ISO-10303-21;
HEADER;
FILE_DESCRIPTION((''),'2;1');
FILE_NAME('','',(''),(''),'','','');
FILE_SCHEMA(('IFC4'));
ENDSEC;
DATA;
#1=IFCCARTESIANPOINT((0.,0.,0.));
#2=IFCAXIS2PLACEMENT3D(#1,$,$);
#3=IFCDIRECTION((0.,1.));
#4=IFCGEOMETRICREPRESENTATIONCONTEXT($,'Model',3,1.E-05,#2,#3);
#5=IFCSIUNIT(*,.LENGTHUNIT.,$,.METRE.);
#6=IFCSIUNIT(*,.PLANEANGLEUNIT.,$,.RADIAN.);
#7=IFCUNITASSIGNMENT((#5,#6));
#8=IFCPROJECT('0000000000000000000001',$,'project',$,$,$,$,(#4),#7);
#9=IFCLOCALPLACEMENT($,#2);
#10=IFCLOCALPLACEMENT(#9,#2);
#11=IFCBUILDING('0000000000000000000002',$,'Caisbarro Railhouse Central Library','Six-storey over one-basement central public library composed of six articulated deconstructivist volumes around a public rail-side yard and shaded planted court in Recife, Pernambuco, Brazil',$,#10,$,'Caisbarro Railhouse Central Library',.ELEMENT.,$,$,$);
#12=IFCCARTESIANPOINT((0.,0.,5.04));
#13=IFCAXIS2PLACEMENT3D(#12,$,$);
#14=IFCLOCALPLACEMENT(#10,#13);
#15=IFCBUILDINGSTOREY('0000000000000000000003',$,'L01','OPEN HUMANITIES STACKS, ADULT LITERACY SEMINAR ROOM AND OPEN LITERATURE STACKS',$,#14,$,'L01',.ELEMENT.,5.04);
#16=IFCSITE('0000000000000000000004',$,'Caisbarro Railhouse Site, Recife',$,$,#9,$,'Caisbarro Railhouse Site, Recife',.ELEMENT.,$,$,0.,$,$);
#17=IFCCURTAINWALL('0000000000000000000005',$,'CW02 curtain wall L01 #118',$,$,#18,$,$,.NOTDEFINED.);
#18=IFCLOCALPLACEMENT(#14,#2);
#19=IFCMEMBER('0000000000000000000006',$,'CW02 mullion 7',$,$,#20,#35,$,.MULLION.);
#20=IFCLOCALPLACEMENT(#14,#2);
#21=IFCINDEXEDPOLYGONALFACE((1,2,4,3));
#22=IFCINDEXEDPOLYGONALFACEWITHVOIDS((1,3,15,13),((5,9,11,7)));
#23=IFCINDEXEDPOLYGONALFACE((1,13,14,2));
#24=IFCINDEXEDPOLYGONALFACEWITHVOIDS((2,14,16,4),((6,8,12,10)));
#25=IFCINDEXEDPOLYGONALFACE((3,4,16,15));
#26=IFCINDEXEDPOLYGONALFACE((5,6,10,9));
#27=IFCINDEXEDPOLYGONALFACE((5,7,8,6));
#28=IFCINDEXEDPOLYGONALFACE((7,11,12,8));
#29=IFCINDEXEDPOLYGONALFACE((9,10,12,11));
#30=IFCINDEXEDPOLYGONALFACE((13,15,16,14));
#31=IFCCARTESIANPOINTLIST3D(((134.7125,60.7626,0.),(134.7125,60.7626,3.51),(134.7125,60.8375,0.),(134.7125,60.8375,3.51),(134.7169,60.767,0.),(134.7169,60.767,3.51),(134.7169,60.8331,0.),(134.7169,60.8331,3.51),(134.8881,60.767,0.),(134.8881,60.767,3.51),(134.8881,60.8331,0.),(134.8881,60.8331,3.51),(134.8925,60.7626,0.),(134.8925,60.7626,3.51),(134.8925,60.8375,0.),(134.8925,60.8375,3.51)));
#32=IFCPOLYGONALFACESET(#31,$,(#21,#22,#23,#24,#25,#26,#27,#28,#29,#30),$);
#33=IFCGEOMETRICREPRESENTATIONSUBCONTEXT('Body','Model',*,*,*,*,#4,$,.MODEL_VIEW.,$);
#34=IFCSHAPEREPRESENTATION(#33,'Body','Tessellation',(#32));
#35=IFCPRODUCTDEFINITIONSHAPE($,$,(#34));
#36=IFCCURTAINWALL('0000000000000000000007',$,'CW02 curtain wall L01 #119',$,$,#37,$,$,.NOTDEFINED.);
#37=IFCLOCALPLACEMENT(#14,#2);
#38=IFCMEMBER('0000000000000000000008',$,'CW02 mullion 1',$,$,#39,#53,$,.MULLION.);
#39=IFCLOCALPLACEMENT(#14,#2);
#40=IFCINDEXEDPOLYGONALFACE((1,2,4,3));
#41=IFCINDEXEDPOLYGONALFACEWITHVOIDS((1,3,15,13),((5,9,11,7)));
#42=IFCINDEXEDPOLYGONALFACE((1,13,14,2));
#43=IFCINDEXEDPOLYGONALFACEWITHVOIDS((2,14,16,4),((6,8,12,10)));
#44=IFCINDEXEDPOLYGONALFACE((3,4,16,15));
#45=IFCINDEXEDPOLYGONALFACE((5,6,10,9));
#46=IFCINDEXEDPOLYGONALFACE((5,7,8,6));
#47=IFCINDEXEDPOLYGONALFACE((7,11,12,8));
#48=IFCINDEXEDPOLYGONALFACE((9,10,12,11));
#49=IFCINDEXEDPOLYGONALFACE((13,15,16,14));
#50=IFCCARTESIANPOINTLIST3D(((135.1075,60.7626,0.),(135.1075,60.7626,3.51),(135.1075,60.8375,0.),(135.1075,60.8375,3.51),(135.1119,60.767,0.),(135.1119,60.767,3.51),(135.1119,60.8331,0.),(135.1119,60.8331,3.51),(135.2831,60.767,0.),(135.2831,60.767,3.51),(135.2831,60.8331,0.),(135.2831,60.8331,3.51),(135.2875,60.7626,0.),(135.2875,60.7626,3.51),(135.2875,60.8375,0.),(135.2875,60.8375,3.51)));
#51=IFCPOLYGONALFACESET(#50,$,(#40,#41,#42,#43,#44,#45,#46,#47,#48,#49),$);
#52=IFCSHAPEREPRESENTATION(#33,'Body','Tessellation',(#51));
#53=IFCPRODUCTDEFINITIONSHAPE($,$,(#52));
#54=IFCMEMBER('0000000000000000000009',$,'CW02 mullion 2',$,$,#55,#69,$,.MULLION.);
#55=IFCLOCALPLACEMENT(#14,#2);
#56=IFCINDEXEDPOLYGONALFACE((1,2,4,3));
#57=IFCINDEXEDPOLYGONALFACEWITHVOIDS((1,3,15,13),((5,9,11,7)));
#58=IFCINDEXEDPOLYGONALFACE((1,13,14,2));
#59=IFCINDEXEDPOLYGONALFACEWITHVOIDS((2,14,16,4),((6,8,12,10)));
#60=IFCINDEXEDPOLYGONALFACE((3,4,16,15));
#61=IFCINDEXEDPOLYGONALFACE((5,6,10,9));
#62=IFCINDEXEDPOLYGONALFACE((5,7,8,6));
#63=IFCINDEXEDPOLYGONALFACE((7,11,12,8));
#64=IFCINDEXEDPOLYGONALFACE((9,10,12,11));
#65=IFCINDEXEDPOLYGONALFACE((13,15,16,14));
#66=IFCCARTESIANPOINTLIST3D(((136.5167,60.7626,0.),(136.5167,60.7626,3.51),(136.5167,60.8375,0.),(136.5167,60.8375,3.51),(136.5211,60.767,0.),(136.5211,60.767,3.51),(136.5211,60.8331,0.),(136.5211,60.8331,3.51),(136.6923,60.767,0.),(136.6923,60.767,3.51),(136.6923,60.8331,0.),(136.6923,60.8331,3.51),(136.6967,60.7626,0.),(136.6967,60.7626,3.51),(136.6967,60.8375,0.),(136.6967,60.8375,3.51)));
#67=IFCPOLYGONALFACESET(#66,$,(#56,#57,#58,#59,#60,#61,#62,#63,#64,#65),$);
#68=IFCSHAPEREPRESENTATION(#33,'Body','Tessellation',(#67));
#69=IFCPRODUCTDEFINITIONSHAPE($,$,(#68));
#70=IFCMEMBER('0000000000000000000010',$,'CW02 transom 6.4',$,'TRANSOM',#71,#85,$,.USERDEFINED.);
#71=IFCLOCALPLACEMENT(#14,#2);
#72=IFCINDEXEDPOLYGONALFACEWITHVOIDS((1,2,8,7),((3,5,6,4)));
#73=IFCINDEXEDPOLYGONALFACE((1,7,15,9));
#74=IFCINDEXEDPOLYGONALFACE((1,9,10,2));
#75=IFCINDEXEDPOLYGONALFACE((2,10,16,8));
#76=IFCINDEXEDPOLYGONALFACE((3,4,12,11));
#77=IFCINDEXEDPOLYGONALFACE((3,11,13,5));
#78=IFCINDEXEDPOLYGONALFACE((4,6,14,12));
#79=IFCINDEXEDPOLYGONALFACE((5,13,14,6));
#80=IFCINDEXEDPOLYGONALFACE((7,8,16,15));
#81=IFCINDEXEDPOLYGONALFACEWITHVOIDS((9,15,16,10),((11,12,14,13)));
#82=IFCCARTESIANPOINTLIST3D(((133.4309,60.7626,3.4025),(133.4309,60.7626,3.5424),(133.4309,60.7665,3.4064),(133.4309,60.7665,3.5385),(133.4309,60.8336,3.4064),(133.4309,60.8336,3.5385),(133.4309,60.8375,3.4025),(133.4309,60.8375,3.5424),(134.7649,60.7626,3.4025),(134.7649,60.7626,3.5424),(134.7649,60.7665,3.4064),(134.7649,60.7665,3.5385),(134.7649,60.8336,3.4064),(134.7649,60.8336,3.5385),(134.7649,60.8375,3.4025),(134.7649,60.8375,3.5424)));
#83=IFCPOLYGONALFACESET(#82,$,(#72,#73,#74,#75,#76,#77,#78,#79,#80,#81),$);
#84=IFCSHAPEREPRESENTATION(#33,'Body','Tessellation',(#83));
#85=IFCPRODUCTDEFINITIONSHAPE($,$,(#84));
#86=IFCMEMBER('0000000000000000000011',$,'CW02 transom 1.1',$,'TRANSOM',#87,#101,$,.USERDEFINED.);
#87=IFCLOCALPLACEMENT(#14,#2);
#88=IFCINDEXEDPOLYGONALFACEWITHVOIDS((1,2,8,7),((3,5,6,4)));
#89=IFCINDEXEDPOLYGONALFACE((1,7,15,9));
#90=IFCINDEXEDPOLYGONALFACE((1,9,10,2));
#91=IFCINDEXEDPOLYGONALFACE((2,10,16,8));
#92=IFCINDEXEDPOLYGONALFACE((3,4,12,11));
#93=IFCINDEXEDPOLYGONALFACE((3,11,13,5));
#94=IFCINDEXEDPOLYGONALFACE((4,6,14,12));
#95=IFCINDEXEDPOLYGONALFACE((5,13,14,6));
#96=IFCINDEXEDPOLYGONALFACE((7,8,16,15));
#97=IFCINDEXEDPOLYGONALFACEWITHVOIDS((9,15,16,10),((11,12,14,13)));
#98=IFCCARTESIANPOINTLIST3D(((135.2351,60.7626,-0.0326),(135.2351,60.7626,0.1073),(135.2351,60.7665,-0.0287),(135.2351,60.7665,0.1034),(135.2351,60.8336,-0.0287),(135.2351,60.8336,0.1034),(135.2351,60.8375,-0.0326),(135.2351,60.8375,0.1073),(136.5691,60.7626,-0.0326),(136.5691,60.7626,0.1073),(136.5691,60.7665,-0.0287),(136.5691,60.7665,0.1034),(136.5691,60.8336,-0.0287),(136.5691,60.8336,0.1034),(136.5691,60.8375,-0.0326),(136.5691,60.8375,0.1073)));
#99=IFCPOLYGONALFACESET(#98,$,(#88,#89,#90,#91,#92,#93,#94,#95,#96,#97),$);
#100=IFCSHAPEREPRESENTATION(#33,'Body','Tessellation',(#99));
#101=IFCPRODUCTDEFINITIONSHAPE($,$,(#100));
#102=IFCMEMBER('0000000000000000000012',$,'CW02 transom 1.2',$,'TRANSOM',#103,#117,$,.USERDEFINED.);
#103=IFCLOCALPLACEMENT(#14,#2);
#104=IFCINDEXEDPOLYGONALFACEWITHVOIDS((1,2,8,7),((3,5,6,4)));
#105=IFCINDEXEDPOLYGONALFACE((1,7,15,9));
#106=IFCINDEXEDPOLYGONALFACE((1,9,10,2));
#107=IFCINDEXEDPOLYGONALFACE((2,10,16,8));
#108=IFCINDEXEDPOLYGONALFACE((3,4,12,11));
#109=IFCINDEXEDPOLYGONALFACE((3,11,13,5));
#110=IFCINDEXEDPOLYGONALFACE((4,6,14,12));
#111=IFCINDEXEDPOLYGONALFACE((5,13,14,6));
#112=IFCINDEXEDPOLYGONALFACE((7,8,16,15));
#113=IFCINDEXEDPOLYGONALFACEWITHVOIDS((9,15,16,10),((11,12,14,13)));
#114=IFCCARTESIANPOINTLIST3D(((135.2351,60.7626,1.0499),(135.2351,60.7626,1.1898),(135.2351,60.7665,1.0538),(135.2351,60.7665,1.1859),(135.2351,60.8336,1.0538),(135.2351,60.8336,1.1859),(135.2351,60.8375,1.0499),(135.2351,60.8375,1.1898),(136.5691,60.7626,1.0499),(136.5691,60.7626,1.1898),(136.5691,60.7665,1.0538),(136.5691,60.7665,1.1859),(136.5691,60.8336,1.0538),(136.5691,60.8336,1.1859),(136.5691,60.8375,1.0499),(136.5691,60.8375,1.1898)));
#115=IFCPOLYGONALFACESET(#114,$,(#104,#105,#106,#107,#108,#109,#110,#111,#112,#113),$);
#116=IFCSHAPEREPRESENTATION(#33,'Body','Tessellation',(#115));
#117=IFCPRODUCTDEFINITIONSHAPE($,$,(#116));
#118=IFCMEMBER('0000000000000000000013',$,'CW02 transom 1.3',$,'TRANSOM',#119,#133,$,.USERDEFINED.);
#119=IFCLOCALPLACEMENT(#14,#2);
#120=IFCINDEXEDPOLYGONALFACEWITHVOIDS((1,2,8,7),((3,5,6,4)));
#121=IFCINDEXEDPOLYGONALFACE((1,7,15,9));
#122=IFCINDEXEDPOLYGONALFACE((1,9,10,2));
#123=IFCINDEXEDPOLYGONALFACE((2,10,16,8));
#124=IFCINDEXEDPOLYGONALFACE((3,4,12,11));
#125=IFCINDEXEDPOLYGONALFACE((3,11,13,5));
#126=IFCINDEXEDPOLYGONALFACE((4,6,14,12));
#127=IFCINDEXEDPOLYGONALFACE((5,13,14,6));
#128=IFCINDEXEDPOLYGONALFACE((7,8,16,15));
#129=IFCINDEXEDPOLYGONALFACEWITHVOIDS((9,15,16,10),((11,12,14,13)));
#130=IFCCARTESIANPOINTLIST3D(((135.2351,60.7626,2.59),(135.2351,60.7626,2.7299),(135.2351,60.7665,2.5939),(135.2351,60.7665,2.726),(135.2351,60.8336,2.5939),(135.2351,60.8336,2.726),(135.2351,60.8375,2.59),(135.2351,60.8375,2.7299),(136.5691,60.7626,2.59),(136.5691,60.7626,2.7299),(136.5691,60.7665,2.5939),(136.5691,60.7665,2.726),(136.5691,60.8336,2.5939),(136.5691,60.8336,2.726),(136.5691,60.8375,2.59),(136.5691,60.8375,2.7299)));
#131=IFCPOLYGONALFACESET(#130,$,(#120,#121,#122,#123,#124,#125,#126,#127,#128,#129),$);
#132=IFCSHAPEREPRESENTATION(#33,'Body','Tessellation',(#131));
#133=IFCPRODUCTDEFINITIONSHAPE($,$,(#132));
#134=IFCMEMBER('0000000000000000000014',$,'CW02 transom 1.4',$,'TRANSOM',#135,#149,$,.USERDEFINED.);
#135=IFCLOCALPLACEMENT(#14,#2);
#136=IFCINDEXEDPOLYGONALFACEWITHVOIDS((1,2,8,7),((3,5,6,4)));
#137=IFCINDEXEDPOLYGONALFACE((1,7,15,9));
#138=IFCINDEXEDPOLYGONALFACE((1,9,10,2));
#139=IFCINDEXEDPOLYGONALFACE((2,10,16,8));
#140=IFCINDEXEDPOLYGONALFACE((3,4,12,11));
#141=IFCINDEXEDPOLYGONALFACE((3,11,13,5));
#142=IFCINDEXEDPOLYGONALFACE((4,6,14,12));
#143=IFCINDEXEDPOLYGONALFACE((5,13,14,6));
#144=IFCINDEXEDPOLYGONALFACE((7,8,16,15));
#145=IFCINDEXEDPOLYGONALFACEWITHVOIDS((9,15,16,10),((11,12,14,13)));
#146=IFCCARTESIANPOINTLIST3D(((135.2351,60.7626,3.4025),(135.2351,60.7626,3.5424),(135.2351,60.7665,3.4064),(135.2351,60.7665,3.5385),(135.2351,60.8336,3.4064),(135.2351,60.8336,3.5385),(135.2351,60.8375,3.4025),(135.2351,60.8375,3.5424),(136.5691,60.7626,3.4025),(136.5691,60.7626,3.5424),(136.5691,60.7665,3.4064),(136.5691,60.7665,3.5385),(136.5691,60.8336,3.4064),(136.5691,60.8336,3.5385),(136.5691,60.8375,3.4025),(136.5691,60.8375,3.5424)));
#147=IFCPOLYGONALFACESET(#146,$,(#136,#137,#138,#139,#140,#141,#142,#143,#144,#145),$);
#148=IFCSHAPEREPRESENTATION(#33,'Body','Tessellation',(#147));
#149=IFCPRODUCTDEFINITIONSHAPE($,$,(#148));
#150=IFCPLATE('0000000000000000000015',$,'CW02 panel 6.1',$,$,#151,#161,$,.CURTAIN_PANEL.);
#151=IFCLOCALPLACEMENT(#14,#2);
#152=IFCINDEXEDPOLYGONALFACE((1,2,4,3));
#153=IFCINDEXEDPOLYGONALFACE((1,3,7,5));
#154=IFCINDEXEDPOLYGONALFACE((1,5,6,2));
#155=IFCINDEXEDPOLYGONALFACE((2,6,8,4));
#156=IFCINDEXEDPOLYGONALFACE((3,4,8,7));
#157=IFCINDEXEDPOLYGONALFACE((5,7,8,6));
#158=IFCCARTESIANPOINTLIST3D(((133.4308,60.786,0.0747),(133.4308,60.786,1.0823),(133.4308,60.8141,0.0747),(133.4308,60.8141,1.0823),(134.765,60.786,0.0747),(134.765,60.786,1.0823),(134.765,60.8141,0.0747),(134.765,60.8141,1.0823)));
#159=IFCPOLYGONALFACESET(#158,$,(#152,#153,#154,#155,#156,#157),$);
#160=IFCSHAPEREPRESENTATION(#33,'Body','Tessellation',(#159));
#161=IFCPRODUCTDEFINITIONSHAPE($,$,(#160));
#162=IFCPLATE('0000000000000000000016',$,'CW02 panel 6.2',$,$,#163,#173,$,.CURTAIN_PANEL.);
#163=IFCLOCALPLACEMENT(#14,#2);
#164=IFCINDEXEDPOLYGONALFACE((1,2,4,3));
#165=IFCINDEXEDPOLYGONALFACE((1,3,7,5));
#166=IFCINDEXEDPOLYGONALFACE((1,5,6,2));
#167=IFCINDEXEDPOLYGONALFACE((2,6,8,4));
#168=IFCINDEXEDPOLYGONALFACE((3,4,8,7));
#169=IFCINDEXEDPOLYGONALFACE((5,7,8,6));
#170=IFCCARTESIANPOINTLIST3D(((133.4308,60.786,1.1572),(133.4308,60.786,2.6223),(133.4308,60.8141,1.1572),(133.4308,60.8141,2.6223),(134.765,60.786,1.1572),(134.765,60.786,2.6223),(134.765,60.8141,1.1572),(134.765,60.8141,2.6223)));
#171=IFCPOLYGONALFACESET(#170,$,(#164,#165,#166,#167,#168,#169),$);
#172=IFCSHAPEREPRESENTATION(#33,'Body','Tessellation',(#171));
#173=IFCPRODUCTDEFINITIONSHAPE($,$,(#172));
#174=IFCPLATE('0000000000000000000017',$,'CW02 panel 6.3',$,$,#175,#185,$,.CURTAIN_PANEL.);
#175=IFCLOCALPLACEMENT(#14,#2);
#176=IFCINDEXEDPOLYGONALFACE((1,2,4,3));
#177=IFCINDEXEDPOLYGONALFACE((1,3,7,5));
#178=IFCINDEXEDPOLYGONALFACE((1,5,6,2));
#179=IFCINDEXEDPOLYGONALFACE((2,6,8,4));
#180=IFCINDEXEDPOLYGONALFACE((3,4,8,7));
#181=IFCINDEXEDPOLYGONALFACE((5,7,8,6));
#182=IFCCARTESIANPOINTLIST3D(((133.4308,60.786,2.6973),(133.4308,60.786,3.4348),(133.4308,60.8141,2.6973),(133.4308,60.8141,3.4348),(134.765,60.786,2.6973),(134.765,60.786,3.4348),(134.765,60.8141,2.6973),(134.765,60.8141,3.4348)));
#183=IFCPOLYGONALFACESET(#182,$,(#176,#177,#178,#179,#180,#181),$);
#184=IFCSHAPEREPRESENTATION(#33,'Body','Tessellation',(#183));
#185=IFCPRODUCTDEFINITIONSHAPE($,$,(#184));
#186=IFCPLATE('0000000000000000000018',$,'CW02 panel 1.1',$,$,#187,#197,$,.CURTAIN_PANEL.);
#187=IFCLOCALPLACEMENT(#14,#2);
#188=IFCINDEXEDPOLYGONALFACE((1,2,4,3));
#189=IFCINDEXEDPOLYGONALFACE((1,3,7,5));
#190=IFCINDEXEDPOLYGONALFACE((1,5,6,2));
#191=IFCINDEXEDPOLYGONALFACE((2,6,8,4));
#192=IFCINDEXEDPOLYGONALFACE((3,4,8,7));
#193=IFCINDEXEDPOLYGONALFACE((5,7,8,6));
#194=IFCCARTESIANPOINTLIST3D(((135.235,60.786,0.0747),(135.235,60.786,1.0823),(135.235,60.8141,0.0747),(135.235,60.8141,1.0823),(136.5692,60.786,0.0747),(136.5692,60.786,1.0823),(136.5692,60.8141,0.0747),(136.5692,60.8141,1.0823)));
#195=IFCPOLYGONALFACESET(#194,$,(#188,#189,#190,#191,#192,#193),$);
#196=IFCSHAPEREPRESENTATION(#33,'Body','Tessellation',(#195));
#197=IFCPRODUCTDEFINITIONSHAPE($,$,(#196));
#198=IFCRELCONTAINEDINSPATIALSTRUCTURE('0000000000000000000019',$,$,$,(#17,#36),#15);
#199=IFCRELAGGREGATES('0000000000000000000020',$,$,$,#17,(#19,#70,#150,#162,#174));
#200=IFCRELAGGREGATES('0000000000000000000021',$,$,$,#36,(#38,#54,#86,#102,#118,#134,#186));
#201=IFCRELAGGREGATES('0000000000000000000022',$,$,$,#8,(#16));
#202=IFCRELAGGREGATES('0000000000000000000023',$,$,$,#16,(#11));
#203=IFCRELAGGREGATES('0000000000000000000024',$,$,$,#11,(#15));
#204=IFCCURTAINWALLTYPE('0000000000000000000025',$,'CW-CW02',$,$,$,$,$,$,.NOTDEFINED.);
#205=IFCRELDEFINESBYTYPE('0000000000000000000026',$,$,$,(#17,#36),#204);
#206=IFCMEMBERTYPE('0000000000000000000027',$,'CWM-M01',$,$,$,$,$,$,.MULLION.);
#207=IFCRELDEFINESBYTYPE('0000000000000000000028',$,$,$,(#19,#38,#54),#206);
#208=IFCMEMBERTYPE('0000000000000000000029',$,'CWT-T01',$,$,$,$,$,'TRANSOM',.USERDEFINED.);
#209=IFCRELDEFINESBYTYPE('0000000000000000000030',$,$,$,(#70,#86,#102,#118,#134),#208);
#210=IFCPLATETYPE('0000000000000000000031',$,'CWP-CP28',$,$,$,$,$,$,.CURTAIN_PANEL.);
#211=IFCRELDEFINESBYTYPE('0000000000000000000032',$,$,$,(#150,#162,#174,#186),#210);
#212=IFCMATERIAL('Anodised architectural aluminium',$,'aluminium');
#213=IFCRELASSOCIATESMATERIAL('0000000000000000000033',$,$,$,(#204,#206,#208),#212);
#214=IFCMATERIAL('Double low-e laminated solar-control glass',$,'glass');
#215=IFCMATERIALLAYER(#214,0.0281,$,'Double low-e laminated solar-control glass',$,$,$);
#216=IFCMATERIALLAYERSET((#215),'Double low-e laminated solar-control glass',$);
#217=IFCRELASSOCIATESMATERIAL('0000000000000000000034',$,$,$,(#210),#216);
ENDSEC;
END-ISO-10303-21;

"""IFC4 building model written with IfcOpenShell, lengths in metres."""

from ifc_helpers import new_model, si_unit, direction, frame, origin, origin_2d, place, context, subcontext, project, spatial, rectangle, hollow_rectangle, extrude, material, layer, layer_set, material_profile, profile_set, type_object, element, aggregate, save


model = new_model("IFC4")

# Units and contexts
model_context = context("Model", 3, precision=1e-05, world=origin(), true_north=direction((0.0, 1.0)))
body_context = subcontext(model_context, "Body", "Model", "MODEL_VIEW")
ifc_project = project(units=[si_unit("LENGTHUNIT", "METRE"), si_unit("PLANEANGLEUNIT", "RADIAN")], contexts=[model_context])

# Site, building, storey
site_placement = place(None, origin())
site = spatial("IfcSite", under=ifc_project, at=site_placement, Name="Caisbarro Railhouse Site, Recife", LongName="Caisbarro Railhouse Site, Recife", CompositionType="ELEMENT", RefElevation=0.0)
building_placement = place(site_placement, origin())
building = spatial("IfcBuilding", under=site, at=building_placement, Name="Caisbarro Railhouse Central Library", Description="Six-storey over one-basement central public library composed of six articulated deconstructivist volumes around a public rail-side yard and shaded planted court in Recife, Pernambuco, Brazil", LongName="Caisbarro Railhouse Central Library", CompositionType="ELEMENT")
storey_placement = place(building_placement, frame((0.0, 0.0, 5.04)))
storey = spatial("IfcBuildingStorey", under=building, at=storey_placement, Name="L01", Description="OPEN HUMANITIES STACKS, ADULT LITERACY SEMINAR ROOM AND OPEN LITERATURE STACKS", LongName="L01", CompositionType="ELEMENT", Elevation=5.04)

# Curtain wall, member
ifc_material_1 = material(Name="Anodised architectural aluminium", Category="aluminium")
curtain_wall_type = type_object("IfcCurtainWallType", Name="CW-CW02", PredefinedType="NOTDEFINED", material=ifc_material_1)
curtain_wall_1_placement = place(storey_placement, origin())
curtain_wall_1 = element("IfcCurtainWall", 1, at=curtain_wall_1_placement, inside=storey, type_object=curtain_wall_type, Name="CW02 curtain wall L01 #118", PredefinedType="NOTDEFINED")
ifc_material_profile_1 = material_profile(ifc_material_1, hollow_rectangle(XDim=0.075, YDim=0.1799, WallThickness=0.0044, at=origin_2d()), Name="ALU-MUL-75X180")
ifc_profile_set_1 = profile_set([ifc_material_profile_1], Name="Anodised architectural aluminium")
member_type_1 = type_object("IfcMemberType", Name="CWM-M01", PredefinedType="MULLION", material=ifc_profile_set_1)
member_1_placement = place(storey_placement, frame((134.8025, 60.8, 0.0), z_axis=(0.0, 0.0, 1.0), x_axis=(0.0, 1.0, 0.0)))
member_1 = element("IfcMember", 2, at=member_1_placement, type_object=member_type_1, Name="CW02 mullion 7", PredefinedType="MULLION", context=body_context, shape_type="SweptSolid", body=[
    extrude(hollow_rectangle(XDim=0.075, YDim=0.1799, WallThickness=0.0044, at=origin_2d()), origin(), (0.0, 0.0, 1.0), 3.51),
])

# Curtain wall, members
curtain_wall_2_placement = place(storey_placement, origin())
curtain_wall_2 = element("IfcCurtainWall", 3, at=curtain_wall_2_placement, inside=storey, type_object=curtain_wall_type, Name="CW02 curtain wall L01 #119", PredefinedType="NOTDEFINED")
member_2_placement = place(storey_placement, frame((135.1975, 60.8, 0.0), z_axis=(0.0, 0.0, 1.0), x_axis=(0.0, 1.0, 0.0)))
member_2 = element("IfcMember", 4, at=member_2_placement, type_object=member_type_1, Name="CW02 mullion 1", PredefinedType="MULLION", context=body_context, shape_type="SweptSolid", body=[
    extrude(hollow_rectangle(XDim=0.075, YDim=0.1799, WallThickness=0.0044, at=origin_2d()), origin(), (0.0, 0.0, 1.0), 3.51),
])
member_3_placement = place(storey_placement, frame((136.6067, 60.8, 0.0), z_axis=(0.0, 0.0, 1.0), x_axis=(0.0, 1.0, 0.0)))
member_3 = element("IfcMember", 5, at=member_3_placement, type_object=member_type_1, Name="CW02 mullion 2", PredefinedType="MULLION", context=body_context, shape_type="SweptSolid", body=[
    extrude(hollow_rectangle(XDim=0.075, YDim=0.1799, WallThickness=0.0044, at=origin_2d()), origin(), (0.0, 0.0, 1.0), 3.51),
])

# Members
ifc_material_profile_2 = material_profile(ifc_material_1, hollow_rectangle(XDim=0.075, YDim=0.1399, WallThickness=0.0039, at=origin_2d()), Name="ALU-TRN-75X140")
ifc_profile_set_2 = profile_set([ifc_material_profile_2], Name="Anodised architectural aluminium")
member_type_2 = type_object("IfcMemberType", Name="CWT-T01", ElementType="TRANSOM", PredefinedType="USERDEFINED", material=ifc_profile_set_2)
member_4_placement = place(storey_placement, frame((133.4309, 60.8, 3.4724), z_axis=(1.0, 0.0, 0.0), x_axis=(0.0, 1.0, 0.0)))
member_4 = element("IfcMember", 6, at=member_4_placement, type_object=member_type_2, Name="CW02 transom 6.4", ObjectType="TRANSOM", PredefinedType="USERDEFINED", context=body_context, shape_type="SweptSolid", body=[
    extrude(hollow_rectangle(XDim=0.075, YDim=0.1399, WallThickness=0.0039, at=origin_2d()), origin(), (0.0, 0.0, 1.0), 1.334),
])
member_5_placement = place(storey_placement, frame((135.2351, 60.8, 0.0374), z_axis=(1.0, 0.0, 0.0), x_axis=(0.0, 1.0, 0.0)))
member_5 = element("IfcMember", 7, at=member_5_placement, type_object=member_type_2, Name="CW02 transom 1.1", ObjectType="TRANSOM", PredefinedType="USERDEFINED", context=body_context, shape_type="SweptSolid", body=[
    extrude(hollow_rectangle(XDim=0.075, YDim=0.1399, WallThickness=0.0039, at=origin_2d()), origin(), (0.0, 0.0, 1.0), 1.334),
])
member_6_placement = place(storey_placement, frame((135.2351, 60.8, 1.1199), z_axis=(1.0, 0.0, 0.0), x_axis=(0.0, 1.0, 0.0)))
member_6 = element("IfcMember", 8, at=member_6_placement, type_object=member_type_2, Name="CW02 transom 1.2", ObjectType="TRANSOM", PredefinedType="USERDEFINED", context=body_context, shape_type="SweptSolid", body=[
    extrude(hollow_rectangle(XDim=0.075, YDim=0.1399, WallThickness=0.0039, at=origin_2d()), origin(), (0.0, 0.0, 1.0), 1.334),
])
member_7_placement = place(storey_placement, frame((135.2351, 60.8, 2.6599), z_axis=(1.0, 0.0, 0.0), x_axis=(0.0, 1.0, 0.0)))
member_7 = element("IfcMember", 9, at=member_7_placement, type_object=member_type_2, Name="CW02 transom 1.3", ObjectType="TRANSOM", PredefinedType="USERDEFINED", context=body_context, shape_type="SweptSolid", body=[
    extrude(hollow_rectangle(XDim=0.075, YDim=0.1399, WallThickness=0.0039, at=origin_2d()), origin(), (0.0, 0.0, 1.0), 1.334),
])
member_8_placement = place(storey_placement, frame((135.2351, 60.8, 3.4724), z_axis=(1.0, 0.0, 0.0), x_axis=(0.0, 1.0, 0.0)))
member_8 = element("IfcMember", 10, at=member_8_placement, type_object=member_type_2, Name="CW02 transom 1.4", ObjectType="TRANSOM", PredefinedType="USERDEFINED", context=body_context, shape_type="SweptSolid", body=[
    extrude(hollow_rectangle(XDim=0.075, YDim=0.1399, WallThickness=0.0039, at=origin_2d()), origin(), (0.0, 0.0, 1.0), 1.334),
])

# Plates
ifc_material_2 = material(Name="Double low-e laminated solar-control glass", Category="glass")
ifc_layer_1 = layer(ifc_material_2, 0.0281, Name="Double low-e laminated solar-control glass")
ifc_layer_set_1 = layer_set([ifc_layer_1], Name="Double low-e laminated solar-control glass")
plate_type = type_object("IfcPlateType", Name="CWP-CP28", PredefinedType="CURTAIN_PANEL", material=ifc_layer_set_1)
plate_1_placement = place(storey_placement, frame((134.0979, 60.8, 0.0747), z_axis=(0.0, 0.0, 1.0), x_axis=(1.0, 0.0, 0.0)))
plate_1 = element("IfcPlate", 11, at=plate_1_placement, type_object=plate_type, Name="CW02 panel 6.1", PredefinedType="CURTAIN_PANEL", context=body_context, shape_type="SweptSolid", body=[
    extrude(rectangle(XDim=1.3342, YDim=0.0281, at=origin_2d()), origin(), (0.0, 0.0, 1.0), 1.0076),
])
plate_2_placement = place(storey_placement, frame((134.0979, 60.8, 1.1572), z_axis=(0.0, 0.0, 1.0), x_axis=(1.0, 0.0, 0.0)))
plate_2 = element("IfcPlate", 12, at=plate_2_placement, type_object=plate_type, Name="CW02 panel 6.2", PredefinedType="CURTAIN_PANEL", context=body_context, shape_type="SweptSolid", body=[
    extrude(rectangle(XDim=1.3342, YDim=0.0281, at=origin_2d()), origin(), (0.0, 0.0, 1.0), 1.4651),
])
plate_3_placement = place(storey_placement, frame((134.0979, 60.8, 2.6973), z_axis=(0.0, 0.0, 1.0), x_axis=(1.0, 0.0, 0.0)))
plate_3 = element("IfcPlate", 13, at=plate_3_placement, type_object=plate_type, Name="CW02 panel 6.3", PredefinedType="CURTAIN_PANEL", context=body_context, shape_type="SweptSolid", body=[
    extrude(rectangle(XDim=1.3342, YDim=0.0281, at=origin_2d()), origin(), (0.0, 0.0, 1.0), 0.7375),
])
aggregate(curtain_wall_1, [member_1, member_4, plate_1, plate_2, plate_3])
plate_4_placement = place(storey_placement, frame((135.9021, 60.8, 0.0747), z_axis=(0.0, 0.0, 1.0), x_axis=(1.0, 0.0, 0.0)))
plate_4 = element("IfcPlate", 14, at=plate_4_placement, type_object=plate_type, Name="CW02 panel 1.1", PredefinedType="CURTAIN_PANEL", context=body_context, shape_type="SweptSolid", body=[
    extrude(rectangle(XDim=1.3342, YDim=0.0281, at=origin_2d()), origin(), (0.0, 0.0, 1.0), 1.0076),
])
aggregate(curtain_wall_2, [member_2, member_3, member_5, member_6, member_7, member_8, plate_4])

save(model, "model.ifc")
